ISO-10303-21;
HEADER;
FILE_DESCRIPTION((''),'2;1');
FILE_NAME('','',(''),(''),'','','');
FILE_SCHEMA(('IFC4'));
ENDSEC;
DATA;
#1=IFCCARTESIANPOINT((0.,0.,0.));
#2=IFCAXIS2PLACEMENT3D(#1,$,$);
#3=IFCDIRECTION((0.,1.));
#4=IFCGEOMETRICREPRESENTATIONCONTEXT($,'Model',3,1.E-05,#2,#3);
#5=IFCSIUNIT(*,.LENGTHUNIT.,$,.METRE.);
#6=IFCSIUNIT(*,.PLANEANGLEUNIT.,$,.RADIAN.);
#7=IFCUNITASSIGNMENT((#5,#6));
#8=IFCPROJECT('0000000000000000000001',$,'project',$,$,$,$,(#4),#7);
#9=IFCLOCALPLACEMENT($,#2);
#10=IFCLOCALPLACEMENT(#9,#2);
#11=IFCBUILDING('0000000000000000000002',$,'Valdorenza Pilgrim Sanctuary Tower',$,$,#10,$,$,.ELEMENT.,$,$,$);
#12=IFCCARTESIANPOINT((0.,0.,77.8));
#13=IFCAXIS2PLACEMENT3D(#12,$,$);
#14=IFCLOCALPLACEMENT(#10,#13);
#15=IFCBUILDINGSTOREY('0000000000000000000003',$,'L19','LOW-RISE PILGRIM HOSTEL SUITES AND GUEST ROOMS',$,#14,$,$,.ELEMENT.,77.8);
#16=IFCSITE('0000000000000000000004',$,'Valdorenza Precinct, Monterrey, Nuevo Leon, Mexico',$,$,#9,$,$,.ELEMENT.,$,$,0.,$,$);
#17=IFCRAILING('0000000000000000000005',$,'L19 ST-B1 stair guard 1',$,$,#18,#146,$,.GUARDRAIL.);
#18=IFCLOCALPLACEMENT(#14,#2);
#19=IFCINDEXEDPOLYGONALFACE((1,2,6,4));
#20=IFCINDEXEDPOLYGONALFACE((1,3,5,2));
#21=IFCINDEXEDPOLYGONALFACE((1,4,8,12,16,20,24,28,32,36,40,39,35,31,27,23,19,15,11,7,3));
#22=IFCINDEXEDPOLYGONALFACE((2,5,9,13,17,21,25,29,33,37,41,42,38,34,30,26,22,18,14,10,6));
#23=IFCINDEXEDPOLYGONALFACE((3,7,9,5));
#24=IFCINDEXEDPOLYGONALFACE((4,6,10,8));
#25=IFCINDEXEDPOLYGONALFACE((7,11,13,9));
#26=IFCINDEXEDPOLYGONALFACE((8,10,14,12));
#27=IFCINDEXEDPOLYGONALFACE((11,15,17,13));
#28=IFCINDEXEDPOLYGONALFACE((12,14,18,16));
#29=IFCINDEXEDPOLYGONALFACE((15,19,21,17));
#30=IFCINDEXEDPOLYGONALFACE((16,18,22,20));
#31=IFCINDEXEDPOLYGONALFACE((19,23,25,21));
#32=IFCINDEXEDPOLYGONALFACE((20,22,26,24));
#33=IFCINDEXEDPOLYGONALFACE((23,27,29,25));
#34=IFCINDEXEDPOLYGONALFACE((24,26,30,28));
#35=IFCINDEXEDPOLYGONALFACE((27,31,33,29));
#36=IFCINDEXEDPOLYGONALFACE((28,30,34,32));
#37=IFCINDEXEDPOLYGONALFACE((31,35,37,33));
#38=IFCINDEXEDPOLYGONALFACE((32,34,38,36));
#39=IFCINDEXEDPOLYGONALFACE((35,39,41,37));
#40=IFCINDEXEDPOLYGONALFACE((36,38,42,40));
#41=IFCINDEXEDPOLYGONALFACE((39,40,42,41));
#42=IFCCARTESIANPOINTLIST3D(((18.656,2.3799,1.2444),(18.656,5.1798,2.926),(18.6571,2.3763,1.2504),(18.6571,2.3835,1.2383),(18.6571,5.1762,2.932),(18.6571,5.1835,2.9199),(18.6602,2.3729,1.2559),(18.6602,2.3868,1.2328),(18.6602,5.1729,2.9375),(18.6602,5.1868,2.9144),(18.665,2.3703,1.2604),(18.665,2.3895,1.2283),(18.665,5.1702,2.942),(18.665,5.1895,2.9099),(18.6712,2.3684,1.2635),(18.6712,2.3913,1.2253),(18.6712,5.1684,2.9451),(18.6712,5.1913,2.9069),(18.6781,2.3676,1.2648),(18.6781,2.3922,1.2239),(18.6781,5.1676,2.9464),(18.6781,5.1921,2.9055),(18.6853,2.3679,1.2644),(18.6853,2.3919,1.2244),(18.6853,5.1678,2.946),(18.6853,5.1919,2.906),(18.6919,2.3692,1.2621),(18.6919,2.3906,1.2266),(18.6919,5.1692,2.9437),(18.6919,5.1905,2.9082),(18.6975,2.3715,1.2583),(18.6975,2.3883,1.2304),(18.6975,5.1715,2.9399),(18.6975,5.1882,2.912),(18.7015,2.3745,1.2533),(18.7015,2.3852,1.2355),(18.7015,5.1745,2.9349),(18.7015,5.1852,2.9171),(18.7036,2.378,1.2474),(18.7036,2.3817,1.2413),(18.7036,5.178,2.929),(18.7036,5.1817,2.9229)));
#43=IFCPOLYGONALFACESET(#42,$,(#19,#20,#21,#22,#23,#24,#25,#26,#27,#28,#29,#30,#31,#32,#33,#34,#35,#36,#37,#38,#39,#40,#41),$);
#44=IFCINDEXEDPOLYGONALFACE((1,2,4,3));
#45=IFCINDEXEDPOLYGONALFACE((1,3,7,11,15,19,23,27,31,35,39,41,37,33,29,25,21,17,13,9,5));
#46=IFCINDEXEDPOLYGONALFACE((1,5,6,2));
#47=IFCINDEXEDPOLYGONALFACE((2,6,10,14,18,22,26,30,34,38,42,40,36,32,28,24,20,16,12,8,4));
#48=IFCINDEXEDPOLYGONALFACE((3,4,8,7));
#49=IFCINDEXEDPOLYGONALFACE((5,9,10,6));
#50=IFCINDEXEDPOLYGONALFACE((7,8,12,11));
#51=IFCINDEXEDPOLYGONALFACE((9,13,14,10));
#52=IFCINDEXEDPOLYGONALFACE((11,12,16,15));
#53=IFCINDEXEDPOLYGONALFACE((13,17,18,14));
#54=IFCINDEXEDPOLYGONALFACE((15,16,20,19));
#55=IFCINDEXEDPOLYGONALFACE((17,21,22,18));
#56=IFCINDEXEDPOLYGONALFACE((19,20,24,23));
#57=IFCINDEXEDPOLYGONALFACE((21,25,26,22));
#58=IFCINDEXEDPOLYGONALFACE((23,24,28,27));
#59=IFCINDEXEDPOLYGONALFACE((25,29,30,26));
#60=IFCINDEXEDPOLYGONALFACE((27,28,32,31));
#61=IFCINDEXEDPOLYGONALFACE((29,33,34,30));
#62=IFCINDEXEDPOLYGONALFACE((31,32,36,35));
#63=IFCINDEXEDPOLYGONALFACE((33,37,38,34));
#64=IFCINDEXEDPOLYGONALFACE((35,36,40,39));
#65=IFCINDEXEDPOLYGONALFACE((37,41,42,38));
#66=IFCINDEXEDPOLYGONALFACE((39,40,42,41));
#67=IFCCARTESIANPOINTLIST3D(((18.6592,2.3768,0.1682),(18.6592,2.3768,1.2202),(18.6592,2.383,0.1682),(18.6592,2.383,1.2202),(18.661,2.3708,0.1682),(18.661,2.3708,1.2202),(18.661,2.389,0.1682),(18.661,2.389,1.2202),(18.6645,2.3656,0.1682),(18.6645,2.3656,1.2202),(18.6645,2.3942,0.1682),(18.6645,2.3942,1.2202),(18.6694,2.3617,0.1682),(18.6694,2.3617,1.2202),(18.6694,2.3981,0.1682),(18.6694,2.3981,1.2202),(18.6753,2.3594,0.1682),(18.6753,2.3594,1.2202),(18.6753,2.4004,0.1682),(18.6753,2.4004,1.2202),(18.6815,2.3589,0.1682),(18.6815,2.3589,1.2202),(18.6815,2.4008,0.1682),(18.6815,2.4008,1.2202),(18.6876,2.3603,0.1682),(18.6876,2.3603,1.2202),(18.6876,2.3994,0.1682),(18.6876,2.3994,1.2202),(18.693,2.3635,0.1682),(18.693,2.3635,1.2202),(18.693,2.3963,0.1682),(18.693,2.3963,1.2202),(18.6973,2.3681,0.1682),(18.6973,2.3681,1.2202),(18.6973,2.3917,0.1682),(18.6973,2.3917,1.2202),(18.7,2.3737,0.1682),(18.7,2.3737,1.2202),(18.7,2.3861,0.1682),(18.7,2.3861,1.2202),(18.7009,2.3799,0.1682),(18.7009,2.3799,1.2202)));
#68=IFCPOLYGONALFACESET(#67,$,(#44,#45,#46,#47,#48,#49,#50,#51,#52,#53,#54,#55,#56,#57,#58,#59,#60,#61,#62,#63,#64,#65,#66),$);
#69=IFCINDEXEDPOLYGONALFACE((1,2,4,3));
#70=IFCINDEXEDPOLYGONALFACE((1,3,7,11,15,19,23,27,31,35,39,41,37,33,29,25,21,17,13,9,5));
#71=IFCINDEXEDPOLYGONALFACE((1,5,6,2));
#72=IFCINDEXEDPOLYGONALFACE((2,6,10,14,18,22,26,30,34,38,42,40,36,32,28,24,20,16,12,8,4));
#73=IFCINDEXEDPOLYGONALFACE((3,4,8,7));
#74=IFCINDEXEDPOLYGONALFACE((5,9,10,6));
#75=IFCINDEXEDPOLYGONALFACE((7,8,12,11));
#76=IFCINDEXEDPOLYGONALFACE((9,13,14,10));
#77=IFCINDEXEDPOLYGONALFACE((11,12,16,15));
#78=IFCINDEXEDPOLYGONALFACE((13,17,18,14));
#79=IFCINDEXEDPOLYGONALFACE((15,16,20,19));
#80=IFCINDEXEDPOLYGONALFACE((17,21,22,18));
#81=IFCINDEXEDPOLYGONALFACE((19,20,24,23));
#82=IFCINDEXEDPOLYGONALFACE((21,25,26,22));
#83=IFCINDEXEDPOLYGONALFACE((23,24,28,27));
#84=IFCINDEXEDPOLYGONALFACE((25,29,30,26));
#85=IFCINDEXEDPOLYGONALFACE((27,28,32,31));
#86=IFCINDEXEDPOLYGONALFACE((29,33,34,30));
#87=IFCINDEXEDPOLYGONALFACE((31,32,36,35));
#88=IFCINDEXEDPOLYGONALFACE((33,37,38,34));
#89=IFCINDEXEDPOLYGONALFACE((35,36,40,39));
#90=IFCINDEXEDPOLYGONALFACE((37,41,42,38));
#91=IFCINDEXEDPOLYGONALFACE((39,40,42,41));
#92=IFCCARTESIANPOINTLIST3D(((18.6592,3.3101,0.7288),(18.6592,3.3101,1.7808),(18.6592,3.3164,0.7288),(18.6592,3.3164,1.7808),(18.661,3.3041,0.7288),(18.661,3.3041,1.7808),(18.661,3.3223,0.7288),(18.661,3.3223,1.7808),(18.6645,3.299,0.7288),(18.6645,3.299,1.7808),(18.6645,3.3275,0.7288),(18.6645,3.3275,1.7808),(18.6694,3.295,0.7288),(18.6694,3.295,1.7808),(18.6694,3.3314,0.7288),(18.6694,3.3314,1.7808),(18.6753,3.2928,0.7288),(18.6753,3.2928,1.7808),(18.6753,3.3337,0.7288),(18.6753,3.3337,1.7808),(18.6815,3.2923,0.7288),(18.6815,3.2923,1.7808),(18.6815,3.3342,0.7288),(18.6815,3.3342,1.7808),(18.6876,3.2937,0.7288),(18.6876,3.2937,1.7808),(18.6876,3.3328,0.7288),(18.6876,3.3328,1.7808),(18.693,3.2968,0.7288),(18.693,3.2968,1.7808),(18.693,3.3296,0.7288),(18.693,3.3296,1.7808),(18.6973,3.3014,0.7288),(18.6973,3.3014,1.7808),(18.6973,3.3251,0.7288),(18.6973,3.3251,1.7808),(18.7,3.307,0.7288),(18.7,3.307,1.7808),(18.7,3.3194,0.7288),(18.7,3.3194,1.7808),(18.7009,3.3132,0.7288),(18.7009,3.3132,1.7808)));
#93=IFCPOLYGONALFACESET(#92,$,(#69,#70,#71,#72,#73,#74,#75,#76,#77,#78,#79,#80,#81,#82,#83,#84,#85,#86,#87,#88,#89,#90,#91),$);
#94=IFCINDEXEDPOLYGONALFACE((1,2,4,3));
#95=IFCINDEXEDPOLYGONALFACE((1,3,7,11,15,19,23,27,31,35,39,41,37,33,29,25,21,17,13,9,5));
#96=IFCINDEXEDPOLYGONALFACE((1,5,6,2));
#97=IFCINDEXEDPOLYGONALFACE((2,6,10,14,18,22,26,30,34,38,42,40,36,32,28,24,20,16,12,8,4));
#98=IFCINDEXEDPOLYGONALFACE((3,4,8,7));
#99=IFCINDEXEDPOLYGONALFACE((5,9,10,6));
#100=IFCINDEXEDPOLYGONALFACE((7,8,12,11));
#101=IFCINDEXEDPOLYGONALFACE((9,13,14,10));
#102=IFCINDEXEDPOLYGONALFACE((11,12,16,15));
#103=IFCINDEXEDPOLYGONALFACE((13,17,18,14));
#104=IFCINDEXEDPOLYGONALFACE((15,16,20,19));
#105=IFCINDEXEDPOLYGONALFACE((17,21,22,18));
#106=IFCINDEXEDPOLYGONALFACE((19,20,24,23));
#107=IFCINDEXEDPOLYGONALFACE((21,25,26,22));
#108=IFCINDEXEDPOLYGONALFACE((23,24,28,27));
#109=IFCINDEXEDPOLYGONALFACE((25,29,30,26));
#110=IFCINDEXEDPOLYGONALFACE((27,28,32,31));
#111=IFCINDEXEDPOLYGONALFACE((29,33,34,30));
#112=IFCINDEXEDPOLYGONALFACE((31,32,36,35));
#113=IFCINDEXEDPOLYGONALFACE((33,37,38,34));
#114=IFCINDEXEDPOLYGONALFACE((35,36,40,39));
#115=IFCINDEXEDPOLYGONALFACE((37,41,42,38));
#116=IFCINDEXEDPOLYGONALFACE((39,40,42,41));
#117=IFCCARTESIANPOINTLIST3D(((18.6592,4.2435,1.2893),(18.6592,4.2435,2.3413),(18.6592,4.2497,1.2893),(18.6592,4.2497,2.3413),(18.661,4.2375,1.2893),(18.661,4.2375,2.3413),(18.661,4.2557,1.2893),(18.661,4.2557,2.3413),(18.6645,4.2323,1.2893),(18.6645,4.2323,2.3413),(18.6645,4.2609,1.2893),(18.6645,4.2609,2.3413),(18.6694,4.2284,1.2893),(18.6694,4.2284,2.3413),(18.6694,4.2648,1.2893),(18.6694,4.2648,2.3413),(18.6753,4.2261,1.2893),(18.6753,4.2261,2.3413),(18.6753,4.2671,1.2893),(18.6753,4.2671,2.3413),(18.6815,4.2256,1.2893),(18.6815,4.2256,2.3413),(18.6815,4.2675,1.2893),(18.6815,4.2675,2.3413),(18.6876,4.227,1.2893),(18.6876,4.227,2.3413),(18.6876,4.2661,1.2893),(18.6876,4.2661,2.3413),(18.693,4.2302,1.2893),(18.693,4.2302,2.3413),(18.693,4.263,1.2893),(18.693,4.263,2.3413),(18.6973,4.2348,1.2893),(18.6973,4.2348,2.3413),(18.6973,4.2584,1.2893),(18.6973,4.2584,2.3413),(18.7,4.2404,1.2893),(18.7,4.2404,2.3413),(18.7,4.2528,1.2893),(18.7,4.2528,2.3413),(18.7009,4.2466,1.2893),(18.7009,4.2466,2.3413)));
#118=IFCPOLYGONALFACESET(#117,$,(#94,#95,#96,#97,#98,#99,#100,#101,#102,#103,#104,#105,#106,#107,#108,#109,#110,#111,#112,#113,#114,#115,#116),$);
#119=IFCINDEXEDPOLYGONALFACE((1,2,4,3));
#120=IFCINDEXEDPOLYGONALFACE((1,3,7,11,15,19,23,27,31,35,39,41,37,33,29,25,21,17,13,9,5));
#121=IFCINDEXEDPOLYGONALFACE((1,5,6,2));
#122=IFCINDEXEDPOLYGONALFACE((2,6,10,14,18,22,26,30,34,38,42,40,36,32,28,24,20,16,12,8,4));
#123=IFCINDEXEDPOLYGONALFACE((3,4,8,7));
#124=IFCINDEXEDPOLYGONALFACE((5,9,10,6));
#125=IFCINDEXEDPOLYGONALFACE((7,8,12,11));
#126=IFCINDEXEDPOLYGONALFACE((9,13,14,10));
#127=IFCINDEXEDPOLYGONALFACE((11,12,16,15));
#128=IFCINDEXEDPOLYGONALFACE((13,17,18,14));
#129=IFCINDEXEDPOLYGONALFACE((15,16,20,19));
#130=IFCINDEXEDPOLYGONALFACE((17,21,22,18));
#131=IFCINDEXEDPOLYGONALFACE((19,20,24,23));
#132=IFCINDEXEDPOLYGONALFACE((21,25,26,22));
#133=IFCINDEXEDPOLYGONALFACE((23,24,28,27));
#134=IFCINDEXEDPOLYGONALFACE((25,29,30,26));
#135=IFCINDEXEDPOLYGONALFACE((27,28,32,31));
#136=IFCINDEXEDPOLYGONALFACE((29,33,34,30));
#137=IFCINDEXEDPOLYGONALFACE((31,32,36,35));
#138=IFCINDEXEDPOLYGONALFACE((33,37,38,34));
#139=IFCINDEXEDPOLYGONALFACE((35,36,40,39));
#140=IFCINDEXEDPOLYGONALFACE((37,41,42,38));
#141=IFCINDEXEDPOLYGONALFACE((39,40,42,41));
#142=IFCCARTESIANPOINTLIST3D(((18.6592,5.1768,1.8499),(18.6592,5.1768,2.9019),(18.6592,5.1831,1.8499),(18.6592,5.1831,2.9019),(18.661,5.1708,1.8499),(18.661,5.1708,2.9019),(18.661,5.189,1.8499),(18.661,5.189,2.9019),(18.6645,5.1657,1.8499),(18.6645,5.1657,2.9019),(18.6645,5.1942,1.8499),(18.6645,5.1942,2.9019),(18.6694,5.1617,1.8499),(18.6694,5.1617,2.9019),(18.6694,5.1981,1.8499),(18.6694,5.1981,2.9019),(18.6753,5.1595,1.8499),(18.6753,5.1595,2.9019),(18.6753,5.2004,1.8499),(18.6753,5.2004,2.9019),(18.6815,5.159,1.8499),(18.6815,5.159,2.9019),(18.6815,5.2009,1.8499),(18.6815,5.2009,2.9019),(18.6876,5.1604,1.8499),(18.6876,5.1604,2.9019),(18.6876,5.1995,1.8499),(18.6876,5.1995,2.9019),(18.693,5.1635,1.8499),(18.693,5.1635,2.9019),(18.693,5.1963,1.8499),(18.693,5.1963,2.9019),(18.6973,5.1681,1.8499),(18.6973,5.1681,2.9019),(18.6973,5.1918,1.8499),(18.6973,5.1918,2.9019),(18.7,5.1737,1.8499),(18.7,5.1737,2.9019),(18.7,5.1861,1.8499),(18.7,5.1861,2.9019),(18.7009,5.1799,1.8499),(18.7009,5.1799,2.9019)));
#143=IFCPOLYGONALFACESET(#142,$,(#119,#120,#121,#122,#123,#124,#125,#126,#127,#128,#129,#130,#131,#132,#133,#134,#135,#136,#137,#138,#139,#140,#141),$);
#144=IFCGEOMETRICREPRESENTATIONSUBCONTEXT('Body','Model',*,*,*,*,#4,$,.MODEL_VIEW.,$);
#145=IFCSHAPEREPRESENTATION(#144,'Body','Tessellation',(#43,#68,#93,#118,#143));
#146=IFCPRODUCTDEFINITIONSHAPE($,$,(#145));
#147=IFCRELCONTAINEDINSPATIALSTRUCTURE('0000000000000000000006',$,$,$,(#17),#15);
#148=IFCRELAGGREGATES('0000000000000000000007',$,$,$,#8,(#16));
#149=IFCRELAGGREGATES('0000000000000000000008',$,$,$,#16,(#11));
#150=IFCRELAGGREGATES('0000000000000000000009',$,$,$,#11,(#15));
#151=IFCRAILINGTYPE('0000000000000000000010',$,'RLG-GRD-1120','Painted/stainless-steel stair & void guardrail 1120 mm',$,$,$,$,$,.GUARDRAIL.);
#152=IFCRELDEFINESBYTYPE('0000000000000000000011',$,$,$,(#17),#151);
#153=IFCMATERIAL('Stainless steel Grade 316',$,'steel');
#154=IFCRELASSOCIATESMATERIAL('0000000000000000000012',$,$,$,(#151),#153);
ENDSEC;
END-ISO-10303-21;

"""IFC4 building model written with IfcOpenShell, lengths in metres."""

from ifc_helpers import new_model, si_unit, direction, frame, origin, origin_2d, place, context, subcontext, project, spatial, circle, extrude, material, type_object, element, save


model = new_model("IFC4")

# Units and contexts
model_context = context("Model", 3, precision=1e-05, world=origin(), true_north=direction((0.0, 1.0)))
body_context = subcontext(model_context, "Body", "Model", "MODEL_VIEW")
ifc_project = project(units=[si_unit("LENGTHUNIT", "METRE"), si_unit("PLANEANGLEUNIT", "RADIAN")], contexts=[model_context])

# Site, building, storey
site_placement = place(None, origin())
site = spatial("IfcSite", under=ifc_project, at=site_placement, Name="Valdorenza Precinct, Monterrey, Nuevo Leon, Mexico", CompositionType="ELEMENT", RefElevation=0.0)
building_placement = place(site_placement, origin())
building = spatial("IfcBuilding", under=site, at=building_placement, Name="Valdorenza Pilgrim Sanctuary Tower", CompositionType="ELEMENT")
storey_placement = place(building_placement, frame((0.0, 0.0, 77.8)))
storey = spatial("IfcBuildingStorey", under=building, at=storey_placement, Name="L19", Description="LOW-RISE PILGRIM HOSTEL SUITES AND GUEST ROOMS", CompositionType="ELEMENT", Elevation=77.8)

# Railing
ifc_material_1 = material(Name="Stainless steel Grade 316", Category="steel")
railing_type_1 = type_object("IfcRailingType", Name="RLG-GRD-1120", Description="Painted/stainless-steel stair & void guardrail 1120 mm", PredefinedType="GUARDRAIL", material=ifc_material_1)
railing_1_placement = place(storey_placement, frame((18.6799, 2.3799, 0.1682)))
element("IfcRailing", 1, at=railing_1_placement, inside=storey, type_object=railing_type_1, Name="L19 ST-B1 stair guard 1", PredefinedType="GUARDRAIL", context=body_context, shape_type="SweptSolid", body=[
    extrude(circle(Radius=0.0239, at=origin_2d()), frame((0.0, 0.0, 1.0762), z_axis=(0.0, 0.857275, 0.514858), x_axis=(-1.0, 0.0, 0.0)), (0.0, 0.0, 1.0), 3.2661),
    extrude(circle(Radius=0.021, at=origin_2d()), origin(), (0.0, 0.0, 1.0), 1.052),
    extrude(circle(Radius=0.021, at=origin_2d()), frame((0.0, 0.9333, 0.5605)), (0.0, 0.0, 1.0), 1.052),
    extrude(circle(Radius=0.021, at=origin_2d()), frame((0.0, 1.8667, 1.1211)), (0.0, 0.0, 1.0), 1.052),
    extrude(circle(Radius=0.021, at=origin_2d()), frame((0.0, 2.8, 1.6816)), (0.0, 0.0, 1.0), 1.052),
])

save(model, "model.ifc")
